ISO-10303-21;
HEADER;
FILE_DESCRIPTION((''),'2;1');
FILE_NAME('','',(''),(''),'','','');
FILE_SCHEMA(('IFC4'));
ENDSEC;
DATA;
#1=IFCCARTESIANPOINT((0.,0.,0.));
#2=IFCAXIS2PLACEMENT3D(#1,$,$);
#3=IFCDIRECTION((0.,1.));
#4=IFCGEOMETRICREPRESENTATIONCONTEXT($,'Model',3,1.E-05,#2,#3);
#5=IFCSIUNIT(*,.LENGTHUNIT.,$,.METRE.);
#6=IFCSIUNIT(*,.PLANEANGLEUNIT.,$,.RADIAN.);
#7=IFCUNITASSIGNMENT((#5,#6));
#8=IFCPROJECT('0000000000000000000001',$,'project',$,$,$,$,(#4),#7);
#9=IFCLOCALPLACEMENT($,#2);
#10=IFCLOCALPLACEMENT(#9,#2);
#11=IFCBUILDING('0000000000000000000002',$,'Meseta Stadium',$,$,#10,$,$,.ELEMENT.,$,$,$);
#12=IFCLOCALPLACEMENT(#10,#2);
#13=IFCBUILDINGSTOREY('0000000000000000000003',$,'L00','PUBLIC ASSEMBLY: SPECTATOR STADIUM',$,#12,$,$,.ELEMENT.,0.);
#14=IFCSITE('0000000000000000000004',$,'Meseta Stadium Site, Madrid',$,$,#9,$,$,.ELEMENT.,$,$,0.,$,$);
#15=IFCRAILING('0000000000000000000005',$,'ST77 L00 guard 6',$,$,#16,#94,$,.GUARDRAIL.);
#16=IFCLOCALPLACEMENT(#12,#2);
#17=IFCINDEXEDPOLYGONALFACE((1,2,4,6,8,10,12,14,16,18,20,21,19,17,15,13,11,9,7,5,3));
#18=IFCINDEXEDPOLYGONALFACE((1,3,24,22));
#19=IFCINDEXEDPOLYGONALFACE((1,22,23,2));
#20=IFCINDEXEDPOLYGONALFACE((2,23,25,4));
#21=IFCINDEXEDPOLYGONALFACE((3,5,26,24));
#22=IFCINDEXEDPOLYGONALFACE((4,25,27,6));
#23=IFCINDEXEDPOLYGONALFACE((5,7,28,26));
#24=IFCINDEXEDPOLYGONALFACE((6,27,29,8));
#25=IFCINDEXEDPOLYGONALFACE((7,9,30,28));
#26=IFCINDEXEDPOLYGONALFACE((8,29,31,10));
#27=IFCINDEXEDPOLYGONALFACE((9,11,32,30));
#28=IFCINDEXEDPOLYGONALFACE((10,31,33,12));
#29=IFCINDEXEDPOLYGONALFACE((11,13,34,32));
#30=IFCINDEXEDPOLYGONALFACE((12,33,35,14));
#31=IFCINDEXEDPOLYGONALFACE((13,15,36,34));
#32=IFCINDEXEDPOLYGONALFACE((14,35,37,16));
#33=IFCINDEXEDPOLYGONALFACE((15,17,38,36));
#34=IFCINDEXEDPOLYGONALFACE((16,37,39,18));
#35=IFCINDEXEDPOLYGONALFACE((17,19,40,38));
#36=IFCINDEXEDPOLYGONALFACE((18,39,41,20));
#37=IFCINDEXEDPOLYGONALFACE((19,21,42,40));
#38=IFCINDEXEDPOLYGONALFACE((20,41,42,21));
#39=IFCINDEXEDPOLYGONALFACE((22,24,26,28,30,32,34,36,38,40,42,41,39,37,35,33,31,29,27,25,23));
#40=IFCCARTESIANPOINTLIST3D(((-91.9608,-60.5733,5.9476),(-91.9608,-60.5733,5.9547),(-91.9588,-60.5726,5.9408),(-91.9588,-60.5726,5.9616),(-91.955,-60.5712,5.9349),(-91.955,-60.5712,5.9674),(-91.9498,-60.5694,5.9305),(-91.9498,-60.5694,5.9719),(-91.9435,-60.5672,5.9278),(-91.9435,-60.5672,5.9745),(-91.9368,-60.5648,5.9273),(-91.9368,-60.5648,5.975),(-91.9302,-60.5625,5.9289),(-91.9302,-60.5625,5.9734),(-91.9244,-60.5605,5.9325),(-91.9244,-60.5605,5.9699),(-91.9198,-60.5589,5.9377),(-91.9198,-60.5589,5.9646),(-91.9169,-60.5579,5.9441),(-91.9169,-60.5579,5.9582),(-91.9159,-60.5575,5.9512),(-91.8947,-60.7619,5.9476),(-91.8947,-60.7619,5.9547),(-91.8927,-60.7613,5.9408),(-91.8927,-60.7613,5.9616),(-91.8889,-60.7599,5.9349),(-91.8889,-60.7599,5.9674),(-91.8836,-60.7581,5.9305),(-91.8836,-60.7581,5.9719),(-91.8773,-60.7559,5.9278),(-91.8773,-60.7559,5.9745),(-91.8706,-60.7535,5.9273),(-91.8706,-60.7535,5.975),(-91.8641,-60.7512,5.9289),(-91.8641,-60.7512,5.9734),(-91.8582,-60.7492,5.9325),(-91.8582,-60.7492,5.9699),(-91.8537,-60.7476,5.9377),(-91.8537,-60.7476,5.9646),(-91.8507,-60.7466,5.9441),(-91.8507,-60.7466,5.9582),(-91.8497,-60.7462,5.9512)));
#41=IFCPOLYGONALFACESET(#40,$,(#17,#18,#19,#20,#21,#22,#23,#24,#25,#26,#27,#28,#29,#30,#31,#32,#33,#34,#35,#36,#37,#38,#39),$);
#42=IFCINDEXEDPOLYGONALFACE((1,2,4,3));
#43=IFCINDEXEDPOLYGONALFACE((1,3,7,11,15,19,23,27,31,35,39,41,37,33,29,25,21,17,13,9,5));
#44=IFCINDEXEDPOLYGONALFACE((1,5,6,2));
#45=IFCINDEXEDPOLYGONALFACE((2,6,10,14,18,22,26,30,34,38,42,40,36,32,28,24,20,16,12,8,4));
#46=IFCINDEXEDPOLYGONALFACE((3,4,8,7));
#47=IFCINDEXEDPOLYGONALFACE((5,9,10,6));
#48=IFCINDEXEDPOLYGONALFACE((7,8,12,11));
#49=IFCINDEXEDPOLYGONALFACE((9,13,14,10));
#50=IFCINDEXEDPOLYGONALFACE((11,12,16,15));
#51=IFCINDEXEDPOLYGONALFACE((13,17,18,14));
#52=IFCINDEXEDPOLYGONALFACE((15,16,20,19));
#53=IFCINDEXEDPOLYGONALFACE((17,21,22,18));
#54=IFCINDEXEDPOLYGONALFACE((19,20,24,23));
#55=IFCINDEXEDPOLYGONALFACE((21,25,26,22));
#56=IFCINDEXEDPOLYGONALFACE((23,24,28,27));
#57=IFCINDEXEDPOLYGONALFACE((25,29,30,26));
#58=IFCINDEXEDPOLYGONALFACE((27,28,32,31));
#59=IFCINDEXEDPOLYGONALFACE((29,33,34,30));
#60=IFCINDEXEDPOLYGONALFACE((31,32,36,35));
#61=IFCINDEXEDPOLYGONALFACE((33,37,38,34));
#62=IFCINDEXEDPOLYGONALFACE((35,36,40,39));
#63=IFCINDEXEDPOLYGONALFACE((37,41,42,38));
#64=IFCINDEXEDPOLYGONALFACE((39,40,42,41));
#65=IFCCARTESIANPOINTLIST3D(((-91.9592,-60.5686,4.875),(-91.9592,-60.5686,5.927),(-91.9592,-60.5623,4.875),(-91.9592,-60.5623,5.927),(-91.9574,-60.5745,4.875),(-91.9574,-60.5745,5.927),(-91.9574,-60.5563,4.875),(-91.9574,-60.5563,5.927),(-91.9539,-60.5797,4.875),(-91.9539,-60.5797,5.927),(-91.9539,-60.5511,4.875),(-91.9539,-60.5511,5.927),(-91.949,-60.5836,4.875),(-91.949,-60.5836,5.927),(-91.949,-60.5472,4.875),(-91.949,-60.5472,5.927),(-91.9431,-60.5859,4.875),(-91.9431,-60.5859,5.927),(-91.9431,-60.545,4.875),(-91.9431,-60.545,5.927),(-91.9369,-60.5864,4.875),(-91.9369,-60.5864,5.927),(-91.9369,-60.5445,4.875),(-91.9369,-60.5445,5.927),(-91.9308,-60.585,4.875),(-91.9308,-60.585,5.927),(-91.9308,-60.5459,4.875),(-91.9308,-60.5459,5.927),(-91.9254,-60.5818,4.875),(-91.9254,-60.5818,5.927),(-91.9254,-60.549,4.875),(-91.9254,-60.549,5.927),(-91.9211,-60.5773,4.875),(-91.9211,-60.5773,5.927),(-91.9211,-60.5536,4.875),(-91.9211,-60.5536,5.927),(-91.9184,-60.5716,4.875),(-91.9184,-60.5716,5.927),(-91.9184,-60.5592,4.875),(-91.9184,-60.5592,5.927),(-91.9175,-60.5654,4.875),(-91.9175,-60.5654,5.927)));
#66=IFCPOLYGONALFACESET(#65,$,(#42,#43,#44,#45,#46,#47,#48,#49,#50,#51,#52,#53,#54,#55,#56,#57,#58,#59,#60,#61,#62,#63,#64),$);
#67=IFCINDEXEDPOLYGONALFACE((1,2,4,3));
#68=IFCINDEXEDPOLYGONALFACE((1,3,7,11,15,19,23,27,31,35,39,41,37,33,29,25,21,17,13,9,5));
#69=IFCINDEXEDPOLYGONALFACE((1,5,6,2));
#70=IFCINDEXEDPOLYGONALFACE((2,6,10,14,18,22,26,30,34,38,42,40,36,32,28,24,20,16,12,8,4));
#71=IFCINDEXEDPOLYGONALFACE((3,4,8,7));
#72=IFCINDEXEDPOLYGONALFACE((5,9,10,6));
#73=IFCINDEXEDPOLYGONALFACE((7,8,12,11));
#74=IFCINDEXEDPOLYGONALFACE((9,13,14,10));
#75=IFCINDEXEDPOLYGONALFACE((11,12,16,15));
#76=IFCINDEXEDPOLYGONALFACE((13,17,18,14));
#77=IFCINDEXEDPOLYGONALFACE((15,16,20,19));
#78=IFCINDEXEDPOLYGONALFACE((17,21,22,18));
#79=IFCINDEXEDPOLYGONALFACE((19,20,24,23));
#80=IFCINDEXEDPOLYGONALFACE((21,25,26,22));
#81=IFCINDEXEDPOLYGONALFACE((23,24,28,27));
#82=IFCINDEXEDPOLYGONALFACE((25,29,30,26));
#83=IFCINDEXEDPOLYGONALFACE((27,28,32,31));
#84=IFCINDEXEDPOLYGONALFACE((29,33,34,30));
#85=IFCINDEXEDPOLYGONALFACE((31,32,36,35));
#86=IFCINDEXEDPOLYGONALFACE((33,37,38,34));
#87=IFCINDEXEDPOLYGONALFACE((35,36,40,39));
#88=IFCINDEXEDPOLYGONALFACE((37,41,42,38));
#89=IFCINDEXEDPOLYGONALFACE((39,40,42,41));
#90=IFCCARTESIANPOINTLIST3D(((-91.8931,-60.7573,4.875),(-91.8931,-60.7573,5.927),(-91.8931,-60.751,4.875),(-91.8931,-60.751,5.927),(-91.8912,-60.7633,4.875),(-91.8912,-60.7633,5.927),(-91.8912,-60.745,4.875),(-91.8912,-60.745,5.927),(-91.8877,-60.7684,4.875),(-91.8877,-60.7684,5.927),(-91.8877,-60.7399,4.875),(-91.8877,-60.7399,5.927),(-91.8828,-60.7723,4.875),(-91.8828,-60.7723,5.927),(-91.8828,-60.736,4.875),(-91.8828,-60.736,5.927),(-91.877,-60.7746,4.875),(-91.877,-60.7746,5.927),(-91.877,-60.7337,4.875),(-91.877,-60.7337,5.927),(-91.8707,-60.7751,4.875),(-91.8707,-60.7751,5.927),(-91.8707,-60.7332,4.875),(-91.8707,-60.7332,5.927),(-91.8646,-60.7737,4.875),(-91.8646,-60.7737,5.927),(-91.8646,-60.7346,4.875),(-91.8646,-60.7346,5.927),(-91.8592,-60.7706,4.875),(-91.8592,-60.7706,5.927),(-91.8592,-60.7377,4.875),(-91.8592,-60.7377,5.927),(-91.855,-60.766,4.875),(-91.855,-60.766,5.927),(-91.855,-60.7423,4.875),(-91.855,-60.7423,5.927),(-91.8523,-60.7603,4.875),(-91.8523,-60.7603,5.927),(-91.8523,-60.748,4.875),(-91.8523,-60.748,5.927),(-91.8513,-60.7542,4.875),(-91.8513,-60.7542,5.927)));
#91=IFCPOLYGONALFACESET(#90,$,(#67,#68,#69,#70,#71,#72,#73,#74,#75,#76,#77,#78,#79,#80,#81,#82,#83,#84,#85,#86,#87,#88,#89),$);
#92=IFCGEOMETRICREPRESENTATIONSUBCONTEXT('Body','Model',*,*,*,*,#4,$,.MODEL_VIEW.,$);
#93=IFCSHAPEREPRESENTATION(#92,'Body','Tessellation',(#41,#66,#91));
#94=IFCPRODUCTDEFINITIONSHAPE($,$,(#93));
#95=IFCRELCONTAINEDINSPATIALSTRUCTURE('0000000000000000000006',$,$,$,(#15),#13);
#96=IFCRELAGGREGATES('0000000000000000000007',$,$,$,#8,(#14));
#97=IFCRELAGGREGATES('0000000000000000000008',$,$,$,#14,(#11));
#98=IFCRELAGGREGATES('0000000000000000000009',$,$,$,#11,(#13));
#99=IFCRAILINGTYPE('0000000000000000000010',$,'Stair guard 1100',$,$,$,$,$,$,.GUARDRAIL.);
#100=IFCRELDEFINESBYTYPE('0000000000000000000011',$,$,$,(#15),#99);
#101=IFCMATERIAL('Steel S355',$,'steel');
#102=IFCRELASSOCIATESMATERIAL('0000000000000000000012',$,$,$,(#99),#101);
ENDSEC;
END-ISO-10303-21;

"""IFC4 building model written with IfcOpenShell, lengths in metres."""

from ifc_helpers import new_model, si_unit, direction, frame, origin, origin_2d, place, context, subcontext, project, spatial, circle, extrude, material, type_object, element, save


model = new_model("IFC4")

# Units and contexts
model_context = context("Model", 3, precision=1e-05, world=origin(), true_north=direction((0.0, 1.0)))
body_context = subcontext(model_context, "Body", "Model", "MODEL_VIEW")
ifc_project = project(units=[si_unit("LENGTHUNIT", "METRE"), si_unit("PLANEANGLEUNIT", "RADIAN")], contexts=[model_context])

# Site, building, storey
site_placement = place(None, origin())
site = spatial("IfcSite", under=ifc_project, at=site_placement, Name="Meseta Stadium Site, Madrid", CompositionType="ELEMENT", RefElevation=0.0)
building_placement = place(site_placement, origin())
building = spatial("IfcBuilding", under=site, at=building_placement, Name="Meseta Stadium", CompositionType="ELEMENT")
storey_placement = place(building_placement, origin())
storey = spatial("IfcBuildingStorey", under=building, at=storey_placement, Name="L00", Description="PUBLIC ASSEMBLY: SPECTATOR STADIUM", CompositionType="ELEMENT", Elevation=0.0)

# Railing
ifc_material_1 = material(Name="Steel S355", Category="steel")
railing_type_1 = type_object("IfcRailingType", Name="Stair guard 1100", PredefinedType="GUARDRAIL", material=ifc_material_1)
railing_1_placement = place(storey_placement, frame((-91.9385, -60.5654, 4.875)))
element("IfcRailing", 1, at=railing_1_placement, inside=storey, type_object=railing_type_1, Name="ST77 L00 guard 6", PredefinedType="GUARDRAIL", context=body_context, shape_type="SweptSolid", body=[
    extrude(circle(Radius=0.0239, at=origin_2d()), frame((0.0, 0.0, 1.0762), z_axis=(0.33084, -0.943687, 0.0), x_axis=(0.943687, 0.33084, 0.0)), (0.0, 0.0, 1.0), 0.2),
    extrude(circle(Radius=0.021, at=origin_2d()), origin(), (0.0, 0.0, 1.0), 1.052),
    extrude(circle(Radius=0.021, at=origin_2d()), frame((0.0662, -0.1887, 0.0)), (0.0, 0.0, 1.0), 1.052),
])

save(model, "model.ifc")
